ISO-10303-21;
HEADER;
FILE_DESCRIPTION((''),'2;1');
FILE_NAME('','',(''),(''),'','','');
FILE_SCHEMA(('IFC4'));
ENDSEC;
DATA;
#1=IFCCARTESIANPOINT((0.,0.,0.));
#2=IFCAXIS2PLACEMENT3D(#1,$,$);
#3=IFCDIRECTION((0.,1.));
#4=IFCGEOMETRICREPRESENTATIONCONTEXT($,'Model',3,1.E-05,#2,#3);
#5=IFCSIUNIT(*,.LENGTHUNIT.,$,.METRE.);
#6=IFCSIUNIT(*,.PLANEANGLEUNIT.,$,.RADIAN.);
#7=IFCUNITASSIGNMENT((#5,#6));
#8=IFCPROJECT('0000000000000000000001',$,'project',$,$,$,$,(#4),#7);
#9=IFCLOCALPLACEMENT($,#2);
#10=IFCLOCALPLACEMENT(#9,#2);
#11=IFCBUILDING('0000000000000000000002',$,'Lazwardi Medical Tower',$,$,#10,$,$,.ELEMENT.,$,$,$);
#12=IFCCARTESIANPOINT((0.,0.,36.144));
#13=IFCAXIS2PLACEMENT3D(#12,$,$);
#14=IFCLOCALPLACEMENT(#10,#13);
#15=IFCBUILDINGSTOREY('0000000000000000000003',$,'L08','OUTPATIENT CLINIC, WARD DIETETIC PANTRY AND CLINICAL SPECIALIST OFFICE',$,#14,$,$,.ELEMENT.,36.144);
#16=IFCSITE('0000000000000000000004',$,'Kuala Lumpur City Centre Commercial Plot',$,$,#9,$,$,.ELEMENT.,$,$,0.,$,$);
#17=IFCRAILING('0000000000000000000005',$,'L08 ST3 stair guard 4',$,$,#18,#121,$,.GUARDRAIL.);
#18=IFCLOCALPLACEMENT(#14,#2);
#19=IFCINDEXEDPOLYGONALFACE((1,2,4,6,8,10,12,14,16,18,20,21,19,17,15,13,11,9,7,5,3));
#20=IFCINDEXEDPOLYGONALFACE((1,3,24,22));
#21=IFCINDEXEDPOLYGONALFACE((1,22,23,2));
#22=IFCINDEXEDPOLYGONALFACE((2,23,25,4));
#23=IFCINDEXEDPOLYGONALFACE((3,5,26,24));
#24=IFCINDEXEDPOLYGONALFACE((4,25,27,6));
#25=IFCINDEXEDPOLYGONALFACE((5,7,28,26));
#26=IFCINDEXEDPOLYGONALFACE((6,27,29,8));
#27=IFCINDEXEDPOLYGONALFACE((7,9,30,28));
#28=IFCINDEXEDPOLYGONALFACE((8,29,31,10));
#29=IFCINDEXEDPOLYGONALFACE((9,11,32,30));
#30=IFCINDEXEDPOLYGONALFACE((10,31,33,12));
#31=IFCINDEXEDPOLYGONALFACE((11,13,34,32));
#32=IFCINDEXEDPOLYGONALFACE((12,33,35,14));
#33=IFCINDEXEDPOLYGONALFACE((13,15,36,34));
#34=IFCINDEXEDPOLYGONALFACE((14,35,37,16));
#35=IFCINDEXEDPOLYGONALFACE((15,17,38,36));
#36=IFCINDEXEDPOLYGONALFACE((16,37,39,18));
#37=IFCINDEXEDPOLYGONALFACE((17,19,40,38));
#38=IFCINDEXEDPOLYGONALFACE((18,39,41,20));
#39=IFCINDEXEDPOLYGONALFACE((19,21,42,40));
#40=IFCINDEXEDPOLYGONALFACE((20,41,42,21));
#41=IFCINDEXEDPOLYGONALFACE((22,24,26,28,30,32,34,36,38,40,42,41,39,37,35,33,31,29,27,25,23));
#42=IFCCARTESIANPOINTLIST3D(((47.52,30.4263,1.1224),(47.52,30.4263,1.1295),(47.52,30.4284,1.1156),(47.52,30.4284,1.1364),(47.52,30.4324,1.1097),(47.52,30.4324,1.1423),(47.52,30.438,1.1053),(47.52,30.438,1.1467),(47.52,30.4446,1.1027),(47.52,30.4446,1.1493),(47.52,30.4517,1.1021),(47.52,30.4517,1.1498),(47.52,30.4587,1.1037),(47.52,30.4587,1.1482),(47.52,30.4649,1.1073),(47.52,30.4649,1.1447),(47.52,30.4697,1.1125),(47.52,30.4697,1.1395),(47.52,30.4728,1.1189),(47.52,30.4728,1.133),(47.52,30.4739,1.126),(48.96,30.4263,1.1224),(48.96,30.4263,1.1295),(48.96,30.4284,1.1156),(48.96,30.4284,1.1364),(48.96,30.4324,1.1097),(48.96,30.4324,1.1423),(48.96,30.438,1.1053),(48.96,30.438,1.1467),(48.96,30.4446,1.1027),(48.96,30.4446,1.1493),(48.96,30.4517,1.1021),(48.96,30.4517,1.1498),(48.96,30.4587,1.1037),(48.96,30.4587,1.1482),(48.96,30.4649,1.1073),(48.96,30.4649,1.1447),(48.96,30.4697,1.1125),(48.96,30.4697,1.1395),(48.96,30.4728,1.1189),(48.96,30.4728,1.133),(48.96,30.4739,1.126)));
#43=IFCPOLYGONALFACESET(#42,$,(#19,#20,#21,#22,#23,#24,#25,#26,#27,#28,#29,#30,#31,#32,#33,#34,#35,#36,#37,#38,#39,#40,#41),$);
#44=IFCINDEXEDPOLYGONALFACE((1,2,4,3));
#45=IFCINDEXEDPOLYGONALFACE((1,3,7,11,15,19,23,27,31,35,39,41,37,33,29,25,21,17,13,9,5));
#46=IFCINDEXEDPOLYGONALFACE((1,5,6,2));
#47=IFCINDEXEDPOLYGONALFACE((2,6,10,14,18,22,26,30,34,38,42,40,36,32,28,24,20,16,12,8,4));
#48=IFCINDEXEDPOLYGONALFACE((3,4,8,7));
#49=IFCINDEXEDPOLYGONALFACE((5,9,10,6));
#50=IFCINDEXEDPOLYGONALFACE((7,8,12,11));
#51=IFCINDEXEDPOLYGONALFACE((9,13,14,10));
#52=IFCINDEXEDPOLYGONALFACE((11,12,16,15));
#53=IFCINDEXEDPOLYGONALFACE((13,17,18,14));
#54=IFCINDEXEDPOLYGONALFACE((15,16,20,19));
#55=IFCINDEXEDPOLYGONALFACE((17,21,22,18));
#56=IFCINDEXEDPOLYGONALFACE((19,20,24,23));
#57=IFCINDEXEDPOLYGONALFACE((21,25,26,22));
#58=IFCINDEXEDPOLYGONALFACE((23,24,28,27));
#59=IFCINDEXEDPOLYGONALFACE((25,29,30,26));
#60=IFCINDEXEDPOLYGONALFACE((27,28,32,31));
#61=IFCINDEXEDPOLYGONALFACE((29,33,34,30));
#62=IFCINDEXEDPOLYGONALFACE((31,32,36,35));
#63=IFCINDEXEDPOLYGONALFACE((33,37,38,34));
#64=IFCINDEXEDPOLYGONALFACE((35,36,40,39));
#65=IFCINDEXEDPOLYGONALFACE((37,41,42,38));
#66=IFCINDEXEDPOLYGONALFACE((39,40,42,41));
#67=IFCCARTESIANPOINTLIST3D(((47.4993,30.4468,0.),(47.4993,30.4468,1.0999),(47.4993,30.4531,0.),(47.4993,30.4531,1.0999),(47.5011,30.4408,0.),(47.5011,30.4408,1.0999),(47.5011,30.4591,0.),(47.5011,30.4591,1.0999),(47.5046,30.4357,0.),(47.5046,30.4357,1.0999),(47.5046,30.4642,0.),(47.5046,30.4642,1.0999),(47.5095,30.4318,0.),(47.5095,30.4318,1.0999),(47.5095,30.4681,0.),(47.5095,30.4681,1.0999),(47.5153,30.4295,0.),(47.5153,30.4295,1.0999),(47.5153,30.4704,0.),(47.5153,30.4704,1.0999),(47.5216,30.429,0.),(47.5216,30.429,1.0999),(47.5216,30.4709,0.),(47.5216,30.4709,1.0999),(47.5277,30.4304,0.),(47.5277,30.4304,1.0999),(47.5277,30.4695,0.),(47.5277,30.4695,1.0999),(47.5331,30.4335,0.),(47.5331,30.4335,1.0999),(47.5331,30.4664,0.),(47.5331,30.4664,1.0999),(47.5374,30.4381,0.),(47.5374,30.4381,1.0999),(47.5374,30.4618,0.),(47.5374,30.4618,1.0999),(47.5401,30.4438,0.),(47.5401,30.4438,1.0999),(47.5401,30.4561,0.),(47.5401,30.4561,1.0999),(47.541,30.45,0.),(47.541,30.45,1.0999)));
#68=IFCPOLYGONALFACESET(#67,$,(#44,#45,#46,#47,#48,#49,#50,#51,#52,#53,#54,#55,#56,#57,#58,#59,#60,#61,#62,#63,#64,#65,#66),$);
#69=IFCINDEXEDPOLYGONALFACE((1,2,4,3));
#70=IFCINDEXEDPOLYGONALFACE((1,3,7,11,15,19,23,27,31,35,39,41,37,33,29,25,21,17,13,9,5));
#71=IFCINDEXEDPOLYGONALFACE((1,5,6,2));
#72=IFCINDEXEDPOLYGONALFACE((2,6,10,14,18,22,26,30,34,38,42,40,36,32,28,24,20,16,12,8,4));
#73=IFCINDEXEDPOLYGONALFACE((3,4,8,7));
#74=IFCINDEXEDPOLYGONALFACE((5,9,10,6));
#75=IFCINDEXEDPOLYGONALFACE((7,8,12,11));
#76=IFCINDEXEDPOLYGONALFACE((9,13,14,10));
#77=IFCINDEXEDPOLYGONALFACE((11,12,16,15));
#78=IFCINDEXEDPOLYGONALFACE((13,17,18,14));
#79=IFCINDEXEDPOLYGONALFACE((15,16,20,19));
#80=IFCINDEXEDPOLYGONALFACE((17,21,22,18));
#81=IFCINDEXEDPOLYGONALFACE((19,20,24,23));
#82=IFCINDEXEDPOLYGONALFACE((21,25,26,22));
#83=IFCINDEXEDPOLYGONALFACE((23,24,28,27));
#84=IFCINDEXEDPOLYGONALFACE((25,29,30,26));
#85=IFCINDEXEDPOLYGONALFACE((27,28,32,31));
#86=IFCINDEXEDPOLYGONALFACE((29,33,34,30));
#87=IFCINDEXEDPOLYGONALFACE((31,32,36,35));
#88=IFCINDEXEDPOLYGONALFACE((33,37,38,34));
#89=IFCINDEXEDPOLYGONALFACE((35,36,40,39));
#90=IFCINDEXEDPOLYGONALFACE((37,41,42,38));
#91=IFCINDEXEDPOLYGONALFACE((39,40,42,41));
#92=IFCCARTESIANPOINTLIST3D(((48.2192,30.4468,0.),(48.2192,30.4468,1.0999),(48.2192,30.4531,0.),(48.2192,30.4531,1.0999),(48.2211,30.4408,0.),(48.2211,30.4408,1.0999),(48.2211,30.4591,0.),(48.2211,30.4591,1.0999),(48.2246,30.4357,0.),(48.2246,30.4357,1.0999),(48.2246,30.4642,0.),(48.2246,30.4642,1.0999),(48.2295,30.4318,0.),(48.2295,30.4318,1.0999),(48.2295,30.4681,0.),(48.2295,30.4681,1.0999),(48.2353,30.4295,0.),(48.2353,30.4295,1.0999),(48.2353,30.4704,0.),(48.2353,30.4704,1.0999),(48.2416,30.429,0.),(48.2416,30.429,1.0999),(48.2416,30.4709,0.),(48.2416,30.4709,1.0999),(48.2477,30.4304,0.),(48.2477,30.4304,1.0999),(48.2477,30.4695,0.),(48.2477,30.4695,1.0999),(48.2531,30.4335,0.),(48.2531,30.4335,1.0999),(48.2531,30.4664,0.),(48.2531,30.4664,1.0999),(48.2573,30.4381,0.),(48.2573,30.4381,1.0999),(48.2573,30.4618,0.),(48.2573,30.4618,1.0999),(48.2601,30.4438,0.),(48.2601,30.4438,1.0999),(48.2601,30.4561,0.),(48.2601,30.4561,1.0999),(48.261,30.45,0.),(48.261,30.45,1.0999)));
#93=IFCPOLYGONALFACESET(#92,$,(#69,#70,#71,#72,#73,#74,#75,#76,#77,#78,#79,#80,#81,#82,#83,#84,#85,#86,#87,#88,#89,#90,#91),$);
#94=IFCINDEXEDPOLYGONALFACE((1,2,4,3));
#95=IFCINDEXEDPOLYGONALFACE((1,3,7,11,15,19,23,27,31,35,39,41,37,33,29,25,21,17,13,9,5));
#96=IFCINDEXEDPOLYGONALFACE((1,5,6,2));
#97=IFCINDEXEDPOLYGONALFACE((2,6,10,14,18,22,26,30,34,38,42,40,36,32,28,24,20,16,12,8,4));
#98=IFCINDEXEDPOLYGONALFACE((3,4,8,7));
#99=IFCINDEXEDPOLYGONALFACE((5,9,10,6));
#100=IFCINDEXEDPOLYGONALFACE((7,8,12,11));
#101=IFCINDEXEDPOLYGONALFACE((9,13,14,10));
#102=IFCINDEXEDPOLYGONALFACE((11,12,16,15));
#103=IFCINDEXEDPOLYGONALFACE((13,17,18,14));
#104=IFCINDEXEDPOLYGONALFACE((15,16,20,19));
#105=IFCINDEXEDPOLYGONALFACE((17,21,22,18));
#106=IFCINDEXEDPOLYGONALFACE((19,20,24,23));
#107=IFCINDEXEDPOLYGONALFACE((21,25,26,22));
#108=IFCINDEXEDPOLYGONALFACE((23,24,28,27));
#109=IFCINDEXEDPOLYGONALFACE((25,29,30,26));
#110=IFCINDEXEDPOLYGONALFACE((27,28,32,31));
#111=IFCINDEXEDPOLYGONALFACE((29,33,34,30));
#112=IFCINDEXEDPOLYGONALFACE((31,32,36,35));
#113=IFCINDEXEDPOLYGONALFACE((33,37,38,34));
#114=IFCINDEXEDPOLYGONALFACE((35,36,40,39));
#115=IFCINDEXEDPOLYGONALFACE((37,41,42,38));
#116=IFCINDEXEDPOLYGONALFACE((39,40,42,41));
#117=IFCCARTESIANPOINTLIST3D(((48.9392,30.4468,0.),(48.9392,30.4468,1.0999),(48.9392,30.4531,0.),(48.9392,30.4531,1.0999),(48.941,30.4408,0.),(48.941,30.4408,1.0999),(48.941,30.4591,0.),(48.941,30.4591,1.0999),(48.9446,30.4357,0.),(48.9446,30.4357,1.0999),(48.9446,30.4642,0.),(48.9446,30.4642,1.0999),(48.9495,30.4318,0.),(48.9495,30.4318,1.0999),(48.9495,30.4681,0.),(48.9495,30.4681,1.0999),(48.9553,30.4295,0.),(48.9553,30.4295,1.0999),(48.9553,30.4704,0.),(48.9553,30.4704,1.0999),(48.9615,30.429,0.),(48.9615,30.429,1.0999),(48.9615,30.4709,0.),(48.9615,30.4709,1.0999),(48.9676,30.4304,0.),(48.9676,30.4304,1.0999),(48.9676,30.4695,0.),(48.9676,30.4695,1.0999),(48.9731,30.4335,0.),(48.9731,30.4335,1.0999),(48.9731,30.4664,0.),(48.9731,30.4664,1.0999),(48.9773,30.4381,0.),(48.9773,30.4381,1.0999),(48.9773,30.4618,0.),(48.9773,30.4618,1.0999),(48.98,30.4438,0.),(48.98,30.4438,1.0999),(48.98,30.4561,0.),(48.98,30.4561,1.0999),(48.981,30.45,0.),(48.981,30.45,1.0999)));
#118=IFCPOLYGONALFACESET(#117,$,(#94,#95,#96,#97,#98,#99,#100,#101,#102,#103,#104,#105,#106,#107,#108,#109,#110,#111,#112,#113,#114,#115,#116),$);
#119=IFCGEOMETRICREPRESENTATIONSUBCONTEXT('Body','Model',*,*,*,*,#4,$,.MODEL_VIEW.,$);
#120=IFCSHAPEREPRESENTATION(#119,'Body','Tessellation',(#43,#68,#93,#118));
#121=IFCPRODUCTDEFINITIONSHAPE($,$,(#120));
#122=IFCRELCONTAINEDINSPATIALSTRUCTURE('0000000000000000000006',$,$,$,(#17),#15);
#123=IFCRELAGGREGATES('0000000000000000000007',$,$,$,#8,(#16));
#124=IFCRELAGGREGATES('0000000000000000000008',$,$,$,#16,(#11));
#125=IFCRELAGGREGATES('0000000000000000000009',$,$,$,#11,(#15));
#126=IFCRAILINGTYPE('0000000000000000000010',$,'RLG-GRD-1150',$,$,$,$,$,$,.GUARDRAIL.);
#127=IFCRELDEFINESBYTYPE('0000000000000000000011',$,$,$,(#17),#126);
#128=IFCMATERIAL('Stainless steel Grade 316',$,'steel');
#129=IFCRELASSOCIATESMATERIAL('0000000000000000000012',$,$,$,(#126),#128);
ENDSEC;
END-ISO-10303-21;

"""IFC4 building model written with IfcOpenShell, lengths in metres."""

from ifc_helpers import new_model, si_unit, direction, frame, origin, origin_2d, place, context, subcontext, project, spatial, circle, extrude, material, type_object, element, save


model = new_model("IFC4")

# Units and contexts
model_context = context("Model", 3, precision=1e-05, world=origin(), true_north=direction((0.0, 1.0)))
body_context = subcontext(model_context, "Body", "Model", "MODEL_VIEW")
ifc_project = project(units=[si_unit("LENGTHUNIT", "METRE"), si_unit("PLANEANGLEUNIT", "RADIAN")], contexts=[model_context])

# Site, building, storey
site_placement = place(None, origin())
site = spatial("IfcSite", under=ifc_project, at=site_placement, Name="Kuala Lumpur City Centre Commercial Plot", CompositionType="ELEMENT", RefElevation=0.0)
building_placement = place(site_placement, origin())
building = spatial("IfcBuilding", under=site, at=building_placement, Name="Lazwardi Medical Tower", CompositionType="ELEMENT")
storey_placement = place(building_placement, frame((0.0, 0.0, 36.144)))
storey = spatial("IfcBuildingStorey", under=building, at=storey_placement, Name="L08", Description="OUTPATIENT CLINIC, WARD DIETETIC PANTRY AND CLINICAL SPECIALIST OFFICE", CompositionType="ELEMENT", Elevation=36.144)

# Railing
ifc_material_1 = material(Name="Stainless steel Grade 316", Category="steel")
railing_type_1 = type_object("IfcRailingType", Name="RLG-GRD-1150", PredefinedType="GUARDRAIL", material=ifc_material_1)
railing_1_placement = place(storey_placement, frame((47.52, 30.45, 0.0)))
element("IfcRailing", 1, at=railing_1_placement, inside=storey, type_object=railing_type_1, Name="L08 ST3 stair guard 4", PredefinedType="GUARDRAIL", context=body_context, shape_type="SweptSolid", body=[
    extrude(circle(Radius=0.0239, at=origin_2d()), frame((0.0, 0.0, 1.126), z_axis=(1.0, 0.0, 0.0), x_axis=(0.0, 1.0, 0.0)), (0.0, 0.0, 1.0), 1.4399),
    extrude(circle(Radius=0.021, at=origin_2d()), origin(), (0.0, 0.0, 1.0), 1.0999),
    extrude(circle(Radius=0.021, at=origin_2d()), frame((0.72, 0.0, 0.0)), (0.0, 0.0, 1.0), 1.0999),
    extrude(circle(Radius=0.021, at=origin_2d()), frame((1.4399, 0.0, 0.0)), (0.0, 0.0, 1.0), 1.0999),
])

save(model, "model.ifc")
